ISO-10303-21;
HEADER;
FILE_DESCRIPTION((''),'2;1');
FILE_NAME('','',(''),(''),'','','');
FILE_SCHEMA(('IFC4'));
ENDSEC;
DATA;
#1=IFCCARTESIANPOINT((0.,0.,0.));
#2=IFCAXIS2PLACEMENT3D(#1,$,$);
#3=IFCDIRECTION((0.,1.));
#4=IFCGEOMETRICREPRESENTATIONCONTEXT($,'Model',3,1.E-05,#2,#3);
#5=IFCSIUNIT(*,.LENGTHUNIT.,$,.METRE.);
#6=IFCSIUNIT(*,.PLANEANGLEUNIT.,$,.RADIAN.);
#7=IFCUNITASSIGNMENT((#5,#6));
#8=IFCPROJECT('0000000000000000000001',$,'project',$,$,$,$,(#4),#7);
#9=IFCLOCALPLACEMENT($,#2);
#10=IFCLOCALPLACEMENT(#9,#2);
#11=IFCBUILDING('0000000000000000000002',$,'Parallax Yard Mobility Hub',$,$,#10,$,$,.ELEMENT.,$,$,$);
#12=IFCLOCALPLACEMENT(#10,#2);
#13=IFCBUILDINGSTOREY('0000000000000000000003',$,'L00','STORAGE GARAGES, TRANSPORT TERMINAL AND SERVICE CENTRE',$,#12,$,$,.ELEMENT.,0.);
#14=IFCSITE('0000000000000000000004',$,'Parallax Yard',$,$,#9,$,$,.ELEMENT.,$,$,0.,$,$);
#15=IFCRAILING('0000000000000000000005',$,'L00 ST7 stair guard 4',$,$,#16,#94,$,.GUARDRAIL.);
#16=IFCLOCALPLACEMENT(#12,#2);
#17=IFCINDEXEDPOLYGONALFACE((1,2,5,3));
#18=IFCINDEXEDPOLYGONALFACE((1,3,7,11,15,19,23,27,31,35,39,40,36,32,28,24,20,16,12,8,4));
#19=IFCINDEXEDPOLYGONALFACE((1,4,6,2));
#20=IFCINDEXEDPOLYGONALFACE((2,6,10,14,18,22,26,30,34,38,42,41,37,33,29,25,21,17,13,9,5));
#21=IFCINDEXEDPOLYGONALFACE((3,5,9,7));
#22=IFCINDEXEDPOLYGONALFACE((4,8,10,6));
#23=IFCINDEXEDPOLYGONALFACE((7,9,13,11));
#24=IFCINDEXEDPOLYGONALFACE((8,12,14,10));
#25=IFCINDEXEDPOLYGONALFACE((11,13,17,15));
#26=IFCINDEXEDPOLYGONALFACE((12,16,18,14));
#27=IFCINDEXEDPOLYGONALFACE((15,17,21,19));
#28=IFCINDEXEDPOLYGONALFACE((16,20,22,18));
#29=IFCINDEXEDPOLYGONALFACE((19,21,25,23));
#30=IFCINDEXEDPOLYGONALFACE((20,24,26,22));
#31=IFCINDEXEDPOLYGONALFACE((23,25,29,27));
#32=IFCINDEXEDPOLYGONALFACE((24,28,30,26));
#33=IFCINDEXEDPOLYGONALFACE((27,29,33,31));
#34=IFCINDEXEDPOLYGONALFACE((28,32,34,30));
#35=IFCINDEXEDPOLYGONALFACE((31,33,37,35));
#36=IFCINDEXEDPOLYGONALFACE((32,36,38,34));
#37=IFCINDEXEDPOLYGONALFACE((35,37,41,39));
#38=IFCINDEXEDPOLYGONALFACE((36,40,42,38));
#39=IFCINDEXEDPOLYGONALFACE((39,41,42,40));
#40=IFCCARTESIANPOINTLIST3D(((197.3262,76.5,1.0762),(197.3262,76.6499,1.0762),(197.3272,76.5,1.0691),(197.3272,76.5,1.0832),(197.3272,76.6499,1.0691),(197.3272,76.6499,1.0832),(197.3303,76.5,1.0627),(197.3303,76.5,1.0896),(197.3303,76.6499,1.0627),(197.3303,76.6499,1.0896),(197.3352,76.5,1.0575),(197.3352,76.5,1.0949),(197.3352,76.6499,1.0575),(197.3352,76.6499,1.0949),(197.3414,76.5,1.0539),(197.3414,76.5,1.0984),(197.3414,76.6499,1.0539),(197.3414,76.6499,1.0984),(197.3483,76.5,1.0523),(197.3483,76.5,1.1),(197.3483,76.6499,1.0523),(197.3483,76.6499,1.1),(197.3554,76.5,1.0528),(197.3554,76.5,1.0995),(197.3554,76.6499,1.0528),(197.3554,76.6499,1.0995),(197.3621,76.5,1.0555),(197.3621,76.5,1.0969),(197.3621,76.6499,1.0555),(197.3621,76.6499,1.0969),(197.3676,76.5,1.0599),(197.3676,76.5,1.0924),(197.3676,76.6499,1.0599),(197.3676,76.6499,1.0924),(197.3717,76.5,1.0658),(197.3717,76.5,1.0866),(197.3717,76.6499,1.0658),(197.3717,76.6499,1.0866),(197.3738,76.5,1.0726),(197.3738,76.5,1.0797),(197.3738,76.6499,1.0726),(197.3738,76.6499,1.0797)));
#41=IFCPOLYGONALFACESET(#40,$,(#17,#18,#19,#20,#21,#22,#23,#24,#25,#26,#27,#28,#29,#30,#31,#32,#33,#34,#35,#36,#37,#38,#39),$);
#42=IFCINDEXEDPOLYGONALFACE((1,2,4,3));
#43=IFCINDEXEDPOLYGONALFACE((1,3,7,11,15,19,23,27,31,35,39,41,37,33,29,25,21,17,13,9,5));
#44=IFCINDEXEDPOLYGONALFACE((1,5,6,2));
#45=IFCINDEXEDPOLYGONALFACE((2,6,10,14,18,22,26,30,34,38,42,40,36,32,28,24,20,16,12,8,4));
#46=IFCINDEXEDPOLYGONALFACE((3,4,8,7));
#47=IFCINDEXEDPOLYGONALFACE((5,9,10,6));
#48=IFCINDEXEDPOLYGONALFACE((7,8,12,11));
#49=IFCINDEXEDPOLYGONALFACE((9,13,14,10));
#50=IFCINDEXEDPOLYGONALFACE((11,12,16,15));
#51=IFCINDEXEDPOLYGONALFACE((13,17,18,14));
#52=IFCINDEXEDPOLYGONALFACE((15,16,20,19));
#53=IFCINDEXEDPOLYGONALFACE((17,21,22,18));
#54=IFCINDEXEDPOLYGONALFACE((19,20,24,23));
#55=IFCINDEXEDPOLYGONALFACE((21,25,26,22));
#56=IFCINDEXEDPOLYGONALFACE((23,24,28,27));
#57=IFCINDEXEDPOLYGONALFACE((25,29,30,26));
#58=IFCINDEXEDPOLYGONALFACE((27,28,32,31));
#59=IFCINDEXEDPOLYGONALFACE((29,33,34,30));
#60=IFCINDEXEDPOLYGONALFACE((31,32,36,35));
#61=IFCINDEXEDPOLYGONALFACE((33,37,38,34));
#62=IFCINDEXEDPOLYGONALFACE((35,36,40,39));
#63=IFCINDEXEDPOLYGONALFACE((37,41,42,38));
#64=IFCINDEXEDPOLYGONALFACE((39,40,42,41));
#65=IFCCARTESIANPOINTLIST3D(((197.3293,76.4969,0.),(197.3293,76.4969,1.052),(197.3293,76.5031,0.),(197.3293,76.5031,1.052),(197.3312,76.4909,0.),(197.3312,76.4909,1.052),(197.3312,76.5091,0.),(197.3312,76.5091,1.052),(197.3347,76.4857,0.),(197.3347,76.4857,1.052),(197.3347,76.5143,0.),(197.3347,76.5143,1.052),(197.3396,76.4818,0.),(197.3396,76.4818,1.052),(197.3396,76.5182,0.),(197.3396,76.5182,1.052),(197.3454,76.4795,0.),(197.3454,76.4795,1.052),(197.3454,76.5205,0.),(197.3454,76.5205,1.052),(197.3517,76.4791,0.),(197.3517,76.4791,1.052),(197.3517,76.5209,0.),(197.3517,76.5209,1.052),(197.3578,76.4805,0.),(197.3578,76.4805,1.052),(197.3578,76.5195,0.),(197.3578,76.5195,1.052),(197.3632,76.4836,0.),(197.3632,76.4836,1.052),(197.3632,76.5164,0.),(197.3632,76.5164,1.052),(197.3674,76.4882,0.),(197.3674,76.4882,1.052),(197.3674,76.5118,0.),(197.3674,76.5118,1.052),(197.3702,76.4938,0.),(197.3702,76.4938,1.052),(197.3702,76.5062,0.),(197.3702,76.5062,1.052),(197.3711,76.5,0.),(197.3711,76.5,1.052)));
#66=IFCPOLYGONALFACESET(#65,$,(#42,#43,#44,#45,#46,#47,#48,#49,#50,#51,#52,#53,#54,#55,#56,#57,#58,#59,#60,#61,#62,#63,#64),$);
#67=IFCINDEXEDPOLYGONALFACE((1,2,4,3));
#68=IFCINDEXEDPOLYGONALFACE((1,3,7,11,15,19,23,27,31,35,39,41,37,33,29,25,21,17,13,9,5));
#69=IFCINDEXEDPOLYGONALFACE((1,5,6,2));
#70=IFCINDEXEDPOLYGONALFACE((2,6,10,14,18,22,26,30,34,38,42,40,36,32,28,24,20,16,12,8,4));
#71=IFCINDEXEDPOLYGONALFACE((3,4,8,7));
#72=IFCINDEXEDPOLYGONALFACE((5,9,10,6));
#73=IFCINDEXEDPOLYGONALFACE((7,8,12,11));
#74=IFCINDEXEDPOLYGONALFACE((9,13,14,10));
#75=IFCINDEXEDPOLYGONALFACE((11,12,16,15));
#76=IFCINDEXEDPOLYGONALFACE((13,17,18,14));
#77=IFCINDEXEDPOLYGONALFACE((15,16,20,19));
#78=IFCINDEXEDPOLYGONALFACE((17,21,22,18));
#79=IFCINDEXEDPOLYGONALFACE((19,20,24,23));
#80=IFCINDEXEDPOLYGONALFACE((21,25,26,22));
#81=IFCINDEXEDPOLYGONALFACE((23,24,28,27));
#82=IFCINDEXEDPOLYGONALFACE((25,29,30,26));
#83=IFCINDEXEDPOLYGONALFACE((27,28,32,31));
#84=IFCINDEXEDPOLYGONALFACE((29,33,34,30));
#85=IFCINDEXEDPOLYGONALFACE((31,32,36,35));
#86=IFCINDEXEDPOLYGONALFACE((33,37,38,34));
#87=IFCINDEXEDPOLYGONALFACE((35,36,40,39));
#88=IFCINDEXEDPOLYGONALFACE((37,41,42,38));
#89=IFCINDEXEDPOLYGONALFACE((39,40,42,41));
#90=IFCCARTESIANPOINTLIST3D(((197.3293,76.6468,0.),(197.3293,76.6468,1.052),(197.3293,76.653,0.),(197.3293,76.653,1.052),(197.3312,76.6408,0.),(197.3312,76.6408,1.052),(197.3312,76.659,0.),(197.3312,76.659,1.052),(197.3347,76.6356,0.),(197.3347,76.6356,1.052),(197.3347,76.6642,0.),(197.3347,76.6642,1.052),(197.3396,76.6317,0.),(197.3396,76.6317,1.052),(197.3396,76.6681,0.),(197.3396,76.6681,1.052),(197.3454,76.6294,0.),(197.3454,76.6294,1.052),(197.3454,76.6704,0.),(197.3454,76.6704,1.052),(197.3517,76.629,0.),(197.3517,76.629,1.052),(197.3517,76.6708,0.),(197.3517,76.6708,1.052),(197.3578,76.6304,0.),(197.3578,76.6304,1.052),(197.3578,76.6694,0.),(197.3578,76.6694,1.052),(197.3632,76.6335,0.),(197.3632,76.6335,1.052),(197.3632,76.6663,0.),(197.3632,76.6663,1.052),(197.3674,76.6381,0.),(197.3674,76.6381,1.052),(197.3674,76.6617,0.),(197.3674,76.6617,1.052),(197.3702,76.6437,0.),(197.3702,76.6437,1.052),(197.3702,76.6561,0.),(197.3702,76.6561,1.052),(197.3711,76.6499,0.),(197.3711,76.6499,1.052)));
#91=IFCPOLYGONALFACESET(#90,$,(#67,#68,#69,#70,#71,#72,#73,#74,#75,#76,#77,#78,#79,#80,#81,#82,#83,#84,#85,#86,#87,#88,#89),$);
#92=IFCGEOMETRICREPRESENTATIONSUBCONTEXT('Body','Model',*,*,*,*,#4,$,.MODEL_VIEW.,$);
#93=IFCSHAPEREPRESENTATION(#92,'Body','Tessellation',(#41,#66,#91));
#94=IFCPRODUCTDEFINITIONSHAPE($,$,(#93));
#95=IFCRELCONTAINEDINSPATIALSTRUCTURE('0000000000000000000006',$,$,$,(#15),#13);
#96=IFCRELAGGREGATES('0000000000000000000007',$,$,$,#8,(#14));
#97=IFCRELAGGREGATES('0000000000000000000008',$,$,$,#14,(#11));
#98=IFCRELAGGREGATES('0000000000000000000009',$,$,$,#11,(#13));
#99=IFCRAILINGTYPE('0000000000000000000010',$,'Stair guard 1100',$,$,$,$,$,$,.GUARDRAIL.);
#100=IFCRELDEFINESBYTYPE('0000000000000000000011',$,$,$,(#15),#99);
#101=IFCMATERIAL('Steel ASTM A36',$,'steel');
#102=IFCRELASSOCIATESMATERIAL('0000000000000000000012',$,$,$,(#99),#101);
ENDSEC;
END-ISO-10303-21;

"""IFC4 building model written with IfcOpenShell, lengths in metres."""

from ifc_helpers import new_model, si_unit, direction, frame, origin, origin_2d, place, context, subcontext, project, spatial, circle, extrude, material, type_object, element, save


model = new_model("IFC4")

# Units and contexts
model_context = context("Model", 3, precision=1e-05, world=origin(), true_north=direction((0.0, 1.0)))
body_context = subcontext(model_context, "Body", "Model", "MODEL_VIEW")
ifc_project = project(units=[si_unit("LENGTHUNIT", "METRE"), si_unit("PLANEANGLEUNIT", "RADIAN")], contexts=[model_context])

# Site, building, storey
site_placement = place(None, origin())
site = spatial("IfcSite", under=ifc_project, at=site_placement, Name="Parallax Yard", CompositionType="ELEMENT", RefElevation=0.0)
building_placement = place(site_placement, origin())
building = spatial("IfcBuilding", under=site, at=building_placement, Name="Parallax Yard Mobility Hub", CompositionType="ELEMENT")
storey_placement = place(building_placement, origin())
storey = spatial("IfcBuildingStorey", under=building, at=storey_placement, Name="L00", Description="STORAGE GARAGES, TRANSPORT TERMINAL AND SERVICE CENTRE", CompositionType="ELEMENT", Elevation=0.0)

# Railing
ifc_material_1 = material(Name="Steel ASTM A36", Category="steel")
railing_type_1 = type_object("IfcRailingType", Name="Stair guard 1100", PredefinedType="GUARDRAIL", material=ifc_material_1)
railing_1_placement = place(storey_placement, frame((197.3501, 76.5, 0.0)))
element("IfcRailing", 1, at=railing_1_placement, inside=storey, type_object=railing_type_1, Name="L00 ST7 stair guard 4", PredefinedType="GUARDRAIL", context=body_context, shape_type="SweptSolid", body=[
    extrude(circle(Radius=0.0239, at=origin_2d()), frame((0.0, 0.0, 1.0762), z_axis=(0.0, 1.0, 0.0), x_axis=(-1.0, 0.0, 0.0)), (0.0, 0.0, 1.0), 0.1499),
    extrude(circle(Radius=0.021, at=origin_2d()), origin(), (0.0, 0.0, 1.0), 1.052),
    extrude(circle(Radius=0.021, at=origin_2d()), frame((0.0, 0.1499, 0.0)), (0.0, 0.0, 1.0), 1.052),
])

save(model, "model.ifc")
